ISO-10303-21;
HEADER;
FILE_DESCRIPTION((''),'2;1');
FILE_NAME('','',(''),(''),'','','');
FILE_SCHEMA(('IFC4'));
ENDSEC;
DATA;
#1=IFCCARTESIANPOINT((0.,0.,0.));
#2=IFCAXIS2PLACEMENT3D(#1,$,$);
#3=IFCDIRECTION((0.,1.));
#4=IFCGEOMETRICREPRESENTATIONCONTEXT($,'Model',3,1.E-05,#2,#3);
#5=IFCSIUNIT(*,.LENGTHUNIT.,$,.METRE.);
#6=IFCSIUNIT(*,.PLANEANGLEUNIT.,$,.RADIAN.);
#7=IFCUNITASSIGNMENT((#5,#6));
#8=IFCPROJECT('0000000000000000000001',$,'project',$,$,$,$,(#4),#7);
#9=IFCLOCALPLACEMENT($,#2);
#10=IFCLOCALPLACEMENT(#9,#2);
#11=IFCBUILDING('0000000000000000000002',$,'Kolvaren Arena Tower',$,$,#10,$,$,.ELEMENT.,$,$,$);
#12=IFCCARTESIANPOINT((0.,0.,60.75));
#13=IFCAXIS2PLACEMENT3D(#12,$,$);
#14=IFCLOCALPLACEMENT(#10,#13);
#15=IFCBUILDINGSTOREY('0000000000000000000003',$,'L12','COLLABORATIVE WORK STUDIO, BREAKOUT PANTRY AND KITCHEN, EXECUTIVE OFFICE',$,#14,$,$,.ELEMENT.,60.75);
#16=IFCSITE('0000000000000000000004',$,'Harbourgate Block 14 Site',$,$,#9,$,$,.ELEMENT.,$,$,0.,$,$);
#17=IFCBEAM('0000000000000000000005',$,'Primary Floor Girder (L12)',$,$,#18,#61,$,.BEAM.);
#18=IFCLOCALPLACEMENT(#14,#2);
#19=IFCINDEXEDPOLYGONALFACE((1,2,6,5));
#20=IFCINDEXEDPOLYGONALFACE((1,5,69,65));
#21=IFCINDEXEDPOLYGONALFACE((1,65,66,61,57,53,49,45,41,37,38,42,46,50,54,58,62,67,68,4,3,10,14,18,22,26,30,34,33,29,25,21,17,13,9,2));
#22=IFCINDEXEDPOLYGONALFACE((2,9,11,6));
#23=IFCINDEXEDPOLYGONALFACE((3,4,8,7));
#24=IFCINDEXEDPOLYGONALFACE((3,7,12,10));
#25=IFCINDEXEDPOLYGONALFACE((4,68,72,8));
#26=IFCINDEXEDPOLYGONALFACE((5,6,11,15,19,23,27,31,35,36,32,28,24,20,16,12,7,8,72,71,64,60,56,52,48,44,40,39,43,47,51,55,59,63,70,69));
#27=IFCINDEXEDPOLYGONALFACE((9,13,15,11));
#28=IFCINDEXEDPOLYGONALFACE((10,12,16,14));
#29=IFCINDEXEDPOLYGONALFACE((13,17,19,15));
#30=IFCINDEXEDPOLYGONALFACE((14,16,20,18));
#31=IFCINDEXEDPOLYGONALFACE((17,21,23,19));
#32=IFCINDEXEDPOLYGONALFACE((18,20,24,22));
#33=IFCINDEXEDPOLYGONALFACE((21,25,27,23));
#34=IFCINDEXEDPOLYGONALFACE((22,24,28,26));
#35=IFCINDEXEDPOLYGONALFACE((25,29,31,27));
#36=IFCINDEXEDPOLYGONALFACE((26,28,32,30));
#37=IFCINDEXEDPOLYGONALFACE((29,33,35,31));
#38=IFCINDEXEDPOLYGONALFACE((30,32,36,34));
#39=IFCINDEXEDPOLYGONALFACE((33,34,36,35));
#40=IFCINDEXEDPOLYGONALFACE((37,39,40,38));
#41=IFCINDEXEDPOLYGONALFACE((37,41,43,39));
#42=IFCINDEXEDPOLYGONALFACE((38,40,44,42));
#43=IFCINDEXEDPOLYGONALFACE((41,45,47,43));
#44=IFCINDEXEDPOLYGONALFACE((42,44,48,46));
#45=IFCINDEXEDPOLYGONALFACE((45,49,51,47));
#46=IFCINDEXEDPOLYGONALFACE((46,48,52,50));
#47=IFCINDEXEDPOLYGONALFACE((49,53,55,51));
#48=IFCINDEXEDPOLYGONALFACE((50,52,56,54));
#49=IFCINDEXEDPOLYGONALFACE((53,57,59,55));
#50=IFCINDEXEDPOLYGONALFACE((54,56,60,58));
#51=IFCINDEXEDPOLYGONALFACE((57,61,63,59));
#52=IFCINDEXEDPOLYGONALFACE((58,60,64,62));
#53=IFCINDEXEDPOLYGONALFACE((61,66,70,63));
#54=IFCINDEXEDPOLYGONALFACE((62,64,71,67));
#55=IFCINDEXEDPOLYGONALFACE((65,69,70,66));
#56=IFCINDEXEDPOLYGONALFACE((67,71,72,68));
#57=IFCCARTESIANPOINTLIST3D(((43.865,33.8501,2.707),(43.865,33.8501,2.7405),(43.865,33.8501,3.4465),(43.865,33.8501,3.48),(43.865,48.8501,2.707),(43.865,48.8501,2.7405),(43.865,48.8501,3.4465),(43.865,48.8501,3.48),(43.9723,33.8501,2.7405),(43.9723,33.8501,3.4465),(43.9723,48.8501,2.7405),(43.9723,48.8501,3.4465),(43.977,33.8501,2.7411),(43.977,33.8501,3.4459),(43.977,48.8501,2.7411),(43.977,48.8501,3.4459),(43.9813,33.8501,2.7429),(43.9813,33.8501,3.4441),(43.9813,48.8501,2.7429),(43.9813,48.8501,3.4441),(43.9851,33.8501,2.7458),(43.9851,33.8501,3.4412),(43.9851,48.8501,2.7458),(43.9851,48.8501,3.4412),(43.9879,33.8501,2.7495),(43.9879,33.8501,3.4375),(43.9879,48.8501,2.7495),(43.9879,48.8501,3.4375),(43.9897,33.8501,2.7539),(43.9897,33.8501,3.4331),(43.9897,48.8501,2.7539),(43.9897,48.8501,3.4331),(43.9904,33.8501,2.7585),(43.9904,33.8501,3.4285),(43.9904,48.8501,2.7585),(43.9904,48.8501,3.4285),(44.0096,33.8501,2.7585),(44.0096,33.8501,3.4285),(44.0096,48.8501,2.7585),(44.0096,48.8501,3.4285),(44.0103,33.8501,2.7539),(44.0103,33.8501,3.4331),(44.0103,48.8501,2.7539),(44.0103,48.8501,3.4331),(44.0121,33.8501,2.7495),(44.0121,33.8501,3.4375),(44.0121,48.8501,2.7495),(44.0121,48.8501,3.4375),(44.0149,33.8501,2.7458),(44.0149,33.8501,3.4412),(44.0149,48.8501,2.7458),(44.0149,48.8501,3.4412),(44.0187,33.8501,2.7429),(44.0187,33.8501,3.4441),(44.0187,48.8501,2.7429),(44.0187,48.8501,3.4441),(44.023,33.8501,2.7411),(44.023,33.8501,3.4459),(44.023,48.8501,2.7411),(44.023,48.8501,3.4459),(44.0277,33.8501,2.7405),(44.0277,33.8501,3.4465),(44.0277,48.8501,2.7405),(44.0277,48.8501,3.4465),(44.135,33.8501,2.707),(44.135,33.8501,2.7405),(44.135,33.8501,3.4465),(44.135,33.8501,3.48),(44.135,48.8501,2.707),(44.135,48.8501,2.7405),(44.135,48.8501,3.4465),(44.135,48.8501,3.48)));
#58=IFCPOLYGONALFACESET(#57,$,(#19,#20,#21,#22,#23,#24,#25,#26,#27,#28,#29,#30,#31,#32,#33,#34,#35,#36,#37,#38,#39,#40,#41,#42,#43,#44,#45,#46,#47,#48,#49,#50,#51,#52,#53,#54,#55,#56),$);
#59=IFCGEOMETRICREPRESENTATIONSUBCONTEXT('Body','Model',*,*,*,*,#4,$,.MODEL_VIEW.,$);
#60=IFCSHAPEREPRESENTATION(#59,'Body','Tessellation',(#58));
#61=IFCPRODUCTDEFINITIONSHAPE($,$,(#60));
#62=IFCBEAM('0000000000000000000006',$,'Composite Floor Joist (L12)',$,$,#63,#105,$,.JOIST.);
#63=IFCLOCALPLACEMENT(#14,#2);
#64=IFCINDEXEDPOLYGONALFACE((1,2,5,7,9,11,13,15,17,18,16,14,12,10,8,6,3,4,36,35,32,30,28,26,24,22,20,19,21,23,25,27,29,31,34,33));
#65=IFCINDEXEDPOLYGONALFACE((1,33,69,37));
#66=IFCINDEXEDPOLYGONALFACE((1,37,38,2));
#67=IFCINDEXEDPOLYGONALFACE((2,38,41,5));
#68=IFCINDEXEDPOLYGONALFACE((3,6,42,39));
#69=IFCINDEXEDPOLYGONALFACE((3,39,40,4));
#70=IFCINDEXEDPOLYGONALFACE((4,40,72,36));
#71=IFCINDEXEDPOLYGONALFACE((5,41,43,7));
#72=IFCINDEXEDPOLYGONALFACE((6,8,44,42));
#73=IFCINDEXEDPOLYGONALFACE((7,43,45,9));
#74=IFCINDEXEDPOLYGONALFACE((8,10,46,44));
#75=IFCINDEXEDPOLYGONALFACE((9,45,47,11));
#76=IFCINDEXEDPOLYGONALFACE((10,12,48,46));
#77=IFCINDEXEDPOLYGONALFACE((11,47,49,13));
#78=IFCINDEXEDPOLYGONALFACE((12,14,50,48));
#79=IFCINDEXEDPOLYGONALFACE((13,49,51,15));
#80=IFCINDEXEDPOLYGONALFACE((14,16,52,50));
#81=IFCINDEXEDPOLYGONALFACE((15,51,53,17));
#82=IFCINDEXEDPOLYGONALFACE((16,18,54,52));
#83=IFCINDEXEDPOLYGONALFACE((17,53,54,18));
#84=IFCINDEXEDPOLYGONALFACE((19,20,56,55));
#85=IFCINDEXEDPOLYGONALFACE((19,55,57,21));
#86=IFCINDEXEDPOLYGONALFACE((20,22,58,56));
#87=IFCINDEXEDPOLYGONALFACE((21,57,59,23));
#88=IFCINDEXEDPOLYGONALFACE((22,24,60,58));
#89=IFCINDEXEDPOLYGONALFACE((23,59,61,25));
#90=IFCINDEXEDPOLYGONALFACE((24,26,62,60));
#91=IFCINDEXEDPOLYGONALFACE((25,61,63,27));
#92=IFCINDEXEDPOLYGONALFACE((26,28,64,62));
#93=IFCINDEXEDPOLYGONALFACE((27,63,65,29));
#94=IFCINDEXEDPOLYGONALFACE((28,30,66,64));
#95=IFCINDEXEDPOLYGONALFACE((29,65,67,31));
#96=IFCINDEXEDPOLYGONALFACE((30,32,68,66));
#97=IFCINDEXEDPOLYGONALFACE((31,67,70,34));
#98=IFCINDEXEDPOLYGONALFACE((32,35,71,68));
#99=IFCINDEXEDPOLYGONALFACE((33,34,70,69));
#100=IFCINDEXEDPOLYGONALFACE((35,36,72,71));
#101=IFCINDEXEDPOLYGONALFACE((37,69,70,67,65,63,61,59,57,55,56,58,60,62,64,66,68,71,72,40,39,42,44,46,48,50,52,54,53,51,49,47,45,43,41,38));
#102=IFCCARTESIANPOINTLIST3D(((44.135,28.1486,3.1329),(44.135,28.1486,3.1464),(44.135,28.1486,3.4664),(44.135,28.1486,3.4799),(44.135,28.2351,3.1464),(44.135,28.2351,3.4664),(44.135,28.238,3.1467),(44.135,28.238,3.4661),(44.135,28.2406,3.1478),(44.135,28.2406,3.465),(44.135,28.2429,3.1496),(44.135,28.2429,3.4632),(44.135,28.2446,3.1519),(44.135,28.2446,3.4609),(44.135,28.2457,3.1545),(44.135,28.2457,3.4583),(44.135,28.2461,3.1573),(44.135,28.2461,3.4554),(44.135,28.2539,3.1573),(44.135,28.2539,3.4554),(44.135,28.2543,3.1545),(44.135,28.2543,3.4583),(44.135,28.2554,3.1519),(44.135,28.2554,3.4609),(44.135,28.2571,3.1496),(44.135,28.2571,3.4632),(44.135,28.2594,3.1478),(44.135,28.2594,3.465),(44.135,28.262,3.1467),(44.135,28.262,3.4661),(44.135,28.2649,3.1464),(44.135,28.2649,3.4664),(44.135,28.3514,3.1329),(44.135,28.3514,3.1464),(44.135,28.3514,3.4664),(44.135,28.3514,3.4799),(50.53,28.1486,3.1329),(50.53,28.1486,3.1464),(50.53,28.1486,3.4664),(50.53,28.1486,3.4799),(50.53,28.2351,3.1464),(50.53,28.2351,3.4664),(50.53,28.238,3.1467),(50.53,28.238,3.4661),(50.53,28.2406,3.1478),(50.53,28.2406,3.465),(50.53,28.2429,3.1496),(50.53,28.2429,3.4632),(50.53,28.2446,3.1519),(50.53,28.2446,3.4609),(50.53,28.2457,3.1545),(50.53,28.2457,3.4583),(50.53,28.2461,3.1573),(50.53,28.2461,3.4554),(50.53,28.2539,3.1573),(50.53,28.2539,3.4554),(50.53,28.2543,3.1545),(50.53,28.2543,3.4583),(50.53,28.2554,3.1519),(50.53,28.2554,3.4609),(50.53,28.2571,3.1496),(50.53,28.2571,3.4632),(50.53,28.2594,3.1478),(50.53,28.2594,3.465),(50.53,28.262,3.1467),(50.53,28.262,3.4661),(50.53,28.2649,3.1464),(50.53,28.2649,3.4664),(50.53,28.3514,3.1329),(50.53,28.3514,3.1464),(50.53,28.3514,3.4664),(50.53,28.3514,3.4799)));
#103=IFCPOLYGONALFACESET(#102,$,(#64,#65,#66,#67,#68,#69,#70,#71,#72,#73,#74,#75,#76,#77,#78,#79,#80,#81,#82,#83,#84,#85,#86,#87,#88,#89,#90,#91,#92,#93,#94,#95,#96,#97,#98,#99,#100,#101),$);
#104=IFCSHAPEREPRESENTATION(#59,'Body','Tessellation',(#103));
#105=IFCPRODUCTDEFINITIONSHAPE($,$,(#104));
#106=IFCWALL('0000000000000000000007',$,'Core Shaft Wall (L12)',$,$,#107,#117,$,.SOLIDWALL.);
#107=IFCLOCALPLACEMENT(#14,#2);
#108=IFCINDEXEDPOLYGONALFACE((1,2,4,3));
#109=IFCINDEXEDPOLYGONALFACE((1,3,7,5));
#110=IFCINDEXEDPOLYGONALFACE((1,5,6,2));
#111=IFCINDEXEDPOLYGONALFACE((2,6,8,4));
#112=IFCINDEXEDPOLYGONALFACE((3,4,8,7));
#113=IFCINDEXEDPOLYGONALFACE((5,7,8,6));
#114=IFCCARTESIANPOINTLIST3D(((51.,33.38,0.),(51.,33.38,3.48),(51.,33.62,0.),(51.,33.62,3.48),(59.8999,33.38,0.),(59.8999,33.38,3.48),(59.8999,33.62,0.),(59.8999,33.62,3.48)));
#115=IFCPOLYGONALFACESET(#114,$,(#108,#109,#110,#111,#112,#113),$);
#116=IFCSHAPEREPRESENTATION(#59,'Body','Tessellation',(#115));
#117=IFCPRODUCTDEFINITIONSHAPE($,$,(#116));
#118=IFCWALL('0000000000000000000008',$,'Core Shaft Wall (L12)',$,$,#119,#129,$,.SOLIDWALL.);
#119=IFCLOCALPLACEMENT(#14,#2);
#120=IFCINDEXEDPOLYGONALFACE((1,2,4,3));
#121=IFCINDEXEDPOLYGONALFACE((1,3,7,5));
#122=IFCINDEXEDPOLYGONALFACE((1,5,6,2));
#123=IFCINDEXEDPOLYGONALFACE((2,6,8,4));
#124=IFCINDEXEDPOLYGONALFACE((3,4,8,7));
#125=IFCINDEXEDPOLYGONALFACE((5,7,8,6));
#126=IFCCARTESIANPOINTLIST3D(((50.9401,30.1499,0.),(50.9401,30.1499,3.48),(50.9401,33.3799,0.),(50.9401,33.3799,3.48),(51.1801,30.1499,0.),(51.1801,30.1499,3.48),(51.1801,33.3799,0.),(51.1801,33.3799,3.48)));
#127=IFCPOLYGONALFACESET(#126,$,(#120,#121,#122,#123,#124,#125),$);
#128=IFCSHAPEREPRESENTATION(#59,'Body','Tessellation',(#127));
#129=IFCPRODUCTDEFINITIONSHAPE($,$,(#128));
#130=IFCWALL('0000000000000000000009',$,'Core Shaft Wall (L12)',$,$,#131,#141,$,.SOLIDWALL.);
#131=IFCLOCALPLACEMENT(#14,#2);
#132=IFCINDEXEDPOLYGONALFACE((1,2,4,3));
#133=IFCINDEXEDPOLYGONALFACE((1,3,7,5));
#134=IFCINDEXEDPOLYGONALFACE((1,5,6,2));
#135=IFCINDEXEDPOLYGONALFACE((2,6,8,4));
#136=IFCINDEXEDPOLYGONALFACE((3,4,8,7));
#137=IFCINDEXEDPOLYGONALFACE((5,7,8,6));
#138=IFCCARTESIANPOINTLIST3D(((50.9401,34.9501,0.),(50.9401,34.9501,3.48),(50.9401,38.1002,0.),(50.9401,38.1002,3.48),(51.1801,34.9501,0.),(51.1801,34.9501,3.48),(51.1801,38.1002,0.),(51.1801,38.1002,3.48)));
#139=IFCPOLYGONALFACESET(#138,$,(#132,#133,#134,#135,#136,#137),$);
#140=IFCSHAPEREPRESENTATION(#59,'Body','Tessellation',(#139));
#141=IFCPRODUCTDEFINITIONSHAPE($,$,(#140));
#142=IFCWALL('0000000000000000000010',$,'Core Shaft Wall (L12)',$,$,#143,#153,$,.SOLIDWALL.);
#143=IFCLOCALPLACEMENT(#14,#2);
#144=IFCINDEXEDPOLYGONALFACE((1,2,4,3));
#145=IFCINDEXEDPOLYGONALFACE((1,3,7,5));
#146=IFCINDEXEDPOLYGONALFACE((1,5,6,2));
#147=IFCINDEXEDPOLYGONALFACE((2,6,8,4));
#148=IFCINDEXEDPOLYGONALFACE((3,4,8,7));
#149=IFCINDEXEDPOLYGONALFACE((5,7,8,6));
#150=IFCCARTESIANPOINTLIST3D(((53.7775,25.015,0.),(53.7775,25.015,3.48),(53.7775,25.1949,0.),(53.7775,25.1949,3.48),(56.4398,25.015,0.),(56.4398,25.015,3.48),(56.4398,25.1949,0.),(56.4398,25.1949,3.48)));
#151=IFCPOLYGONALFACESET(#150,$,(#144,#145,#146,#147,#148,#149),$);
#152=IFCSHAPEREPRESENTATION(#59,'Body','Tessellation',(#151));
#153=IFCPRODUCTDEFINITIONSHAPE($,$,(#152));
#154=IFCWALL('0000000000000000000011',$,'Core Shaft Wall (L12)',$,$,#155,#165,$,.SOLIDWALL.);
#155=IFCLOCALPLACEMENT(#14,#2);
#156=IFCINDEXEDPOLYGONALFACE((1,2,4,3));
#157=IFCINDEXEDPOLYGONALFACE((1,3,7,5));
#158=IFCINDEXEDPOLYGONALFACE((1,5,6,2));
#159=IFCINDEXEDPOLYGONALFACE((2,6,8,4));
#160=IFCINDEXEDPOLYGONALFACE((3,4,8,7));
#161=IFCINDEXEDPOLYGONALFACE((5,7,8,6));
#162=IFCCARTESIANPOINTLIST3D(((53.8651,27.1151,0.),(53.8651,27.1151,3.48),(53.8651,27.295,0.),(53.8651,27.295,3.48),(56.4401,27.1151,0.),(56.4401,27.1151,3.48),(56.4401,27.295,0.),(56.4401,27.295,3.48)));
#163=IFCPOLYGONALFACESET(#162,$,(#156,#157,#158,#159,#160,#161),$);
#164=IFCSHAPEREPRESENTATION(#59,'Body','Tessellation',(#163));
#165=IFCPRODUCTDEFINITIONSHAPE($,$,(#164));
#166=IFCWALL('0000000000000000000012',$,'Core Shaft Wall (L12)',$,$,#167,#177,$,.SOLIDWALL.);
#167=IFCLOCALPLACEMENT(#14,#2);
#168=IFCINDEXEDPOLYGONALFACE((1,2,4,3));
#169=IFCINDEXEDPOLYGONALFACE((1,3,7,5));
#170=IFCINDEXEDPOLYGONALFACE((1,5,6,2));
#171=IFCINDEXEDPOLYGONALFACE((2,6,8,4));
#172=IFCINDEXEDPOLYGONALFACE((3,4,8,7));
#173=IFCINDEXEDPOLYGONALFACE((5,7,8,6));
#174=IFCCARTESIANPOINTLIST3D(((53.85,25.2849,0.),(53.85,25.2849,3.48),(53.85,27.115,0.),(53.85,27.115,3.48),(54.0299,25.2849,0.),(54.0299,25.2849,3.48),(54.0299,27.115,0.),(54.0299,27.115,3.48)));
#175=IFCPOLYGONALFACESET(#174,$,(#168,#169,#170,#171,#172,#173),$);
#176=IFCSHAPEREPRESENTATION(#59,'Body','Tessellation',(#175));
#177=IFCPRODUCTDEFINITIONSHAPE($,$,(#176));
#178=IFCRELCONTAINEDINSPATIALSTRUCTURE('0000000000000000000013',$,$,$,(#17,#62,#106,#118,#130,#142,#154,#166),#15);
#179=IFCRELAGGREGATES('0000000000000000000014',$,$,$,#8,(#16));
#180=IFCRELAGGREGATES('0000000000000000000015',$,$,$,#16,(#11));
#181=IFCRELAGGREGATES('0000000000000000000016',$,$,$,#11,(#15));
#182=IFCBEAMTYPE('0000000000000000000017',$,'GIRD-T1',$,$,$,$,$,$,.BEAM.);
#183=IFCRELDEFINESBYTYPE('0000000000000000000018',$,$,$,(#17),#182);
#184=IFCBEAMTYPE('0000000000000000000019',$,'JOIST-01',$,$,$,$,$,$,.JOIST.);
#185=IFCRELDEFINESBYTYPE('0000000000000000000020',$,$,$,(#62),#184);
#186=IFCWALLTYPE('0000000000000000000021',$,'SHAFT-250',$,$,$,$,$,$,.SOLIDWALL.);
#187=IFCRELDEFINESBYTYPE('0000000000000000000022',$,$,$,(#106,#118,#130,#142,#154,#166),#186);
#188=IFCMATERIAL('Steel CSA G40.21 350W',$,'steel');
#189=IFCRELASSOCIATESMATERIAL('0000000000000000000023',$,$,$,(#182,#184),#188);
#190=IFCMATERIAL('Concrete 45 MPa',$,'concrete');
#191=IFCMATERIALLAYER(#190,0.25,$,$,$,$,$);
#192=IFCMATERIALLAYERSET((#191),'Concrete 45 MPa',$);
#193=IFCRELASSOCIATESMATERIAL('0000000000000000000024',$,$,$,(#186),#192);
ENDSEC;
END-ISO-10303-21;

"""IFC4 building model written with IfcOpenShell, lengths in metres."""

from ifc_helpers import new_model, si_unit, direction, frame, frame_2d, origin, origin_2d, place, context, subcontext, project, spatial, rectangle, i_section, extrude, material, layer, layer_set, material_profile, profile_set, type_object, element, save


model = new_model("IFC4")

# Units and contexts
model_context = context("Model", 3, precision=1e-05, world=origin(), true_north=direction((0.0, 1.0)))
body_context = subcontext(model_context, "Body", "Model", "MODEL_VIEW")
ifc_project = project(units=[si_unit("LENGTHUNIT", "METRE"), si_unit("PLANEANGLEUNIT", "RADIAN")], contexts=[model_context])

# Site, building, storey
site_placement = place(None, origin())
site = spatial("IfcSite", under=ifc_project, at=site_placement, Name="Harbourgate Block 14 Site", CompositionType="ELEMENT", RefElevation=0.0)
building_placement = place(site_placement, origin())
building = spatial("IfcBuilding", under=site, at=building_placement, Name="Kolvaren Arena Tower", CompositionType="ELEMENT")
storey_placement = place(building_placement, frame((0.0, 0.0, 60.75)))
storey = spatial("IfcBuildingStorey", under=building, at=storey_placement, Name="L12", Description="COLLABORATIVE WORK STUDIO, BREAKOUT PANTRY AND KITCHEN, EXECUTIVE OFFICE", CompositionType="ELEMENT", Elevation=60.75)

# Beams
ifc_material_1 = material(Name="Steel CSA G40.21 350W", Category="steel")
ifc_material_profile_1 = material_profile(ifc_material_1, i_section(OverallWidth=0.27, OverallDepth=0.7729, WebThickness=0.0193, FlangeThickness=0.0334, FilletRadius=0.0181, at=origin_2d()), Name="W760x257")
ifc_profile_set_1 = profile_set([ifc_material_profile_1], Name="Steel CSA G40.21 350W")
beam_type_1 = type_object("IfcBeamType", Name="GIRD-T1", PredefinedType="BEAM", material=ifc_profile_set_1)
beam_1_placement = place(storey_placement, frame((44.0, 33.8501, 3.0935), z_axis=(0.0, 1.0, 0.0), x_axis=(-1.0, 0.0, 0.0)))
element("IfcBeam", 1, at=beam_1_placement, inside=storey, type_object=beam_type_1, Name="Primary Floor Girder (L12)", PredefinedType="BEAM", context=body_context, shape_type="SweptSolid", body=[
    extrude(i_section(OverallWidth=0.27, OverallDepth=0.7729, WebThickness=0.0193, FlangeThickness=0.0334, FilletRadius=0.0181, at=origin_2d()), origin(), (0.0, 0.0, 1.0), 15.0),
])
ifc_material_profile_2 = material_profile(ifc_material_1, i_section(OverallWidth=0.2029, OverallDepth=0.3469, WebThickness=0.0078, FlangeThickness=0.0134, FilletRadius=0.011, at=origin_2d()), Name="W360x64")
ifc_profile_set_2 = profile_set([ifc_material_profile_2], Name="Steel CSA G40.21 350W")
beam_type_2 = type_object("IfcBeamType", Name="JOIST-01", PredefinedType="JOIST", material=ifc_profile_set_2)
beam_2_placement = place(storey_placement, frame((44.135, 28.25, 3.3064), z_axis=(1.0, 0.0, 0.0), x_axis=(0.0, 1.0, 0.0)))
element("IfcBeam", 2, at=beam_2_placement, inside=storey, type_object=beam_type_2, Name="Composite Floor Joist (L12)", PredefinedType="JOIST", context=body_context, shape_type="SweptSolid", body=[
    extrude(i_section(OverallWidth=0.2029, OverallDepth=0.3469, WebThickness=0.0078, FlangeThickness=0.0134, FilletRadius=0.011, at=origin_2d()), origin(), (0.0, 0.0, 1.0), 6.395),
])

# Walls
ifc_material_2 = material(Name="Concrete 45 MPa", Category="concrete")
ifc_layer = layer(ifc_material_2, 0.25)
ifc_layer_set = layer_set([ifc_layer], Name="Concrete 45 MPa")
wall_type = type_object("IfcWallType", Name="SHAFT-250", PredefinedType="SOLIDWALL", material=ifc_layer_set)
wall_1_placement = place(storey_placement, frame((51.0, 33.5, 0.0), z_axis=(0.0, 0.0, 1.0), x_axis=(1.0, 0.0, 0.0)))
element("IfcWall", 3, at=wall_1_placement, inside=storey, type_object=wall_type, Name="Core Shaft Wall (L12)", PredefinedType="SOLIDWALL", context=body_context, shape_type="SweptSolid", body=[
    extrude(rectangle(XDim=8.8999, YDim=0.24, at=frame_2d((4.45, 0.0))), origin(), (0.0, 0.0, 1.0), 3.48),
])
wall_2_placement = place(storey_placement, frame((51.0601, 30.1499, 0.0), z_axis=(0.0, 0.0, 1.0), x_axis=(0.0, 1.0, 0.0)))
element("IfcWall", 4, at=wall_2_placement, inside=storey, type_object=wall_type, Name="Core Shaft Wall (L12)", PredefinedType="SOLIDWALL", context=body_context, shape_type="SweptSolid", body=[
    extrude(rectangle(XDim=3.23, YDim=0.24, at=frame_2d((1.615, 0.0))), origin(), (0.0, 0.0, 1.0), 3.48),
])
wall_3_placement = place(storey_placement, frame((51.0601, 34.95, 0.0), z_axis=(0.0, 0.0, 1.0), x_axis=(0.0, 1.0, 0.0)))
element("IfcWall", 5, at=wall_3_placement, inside=storey, type_object=wall_type, Name="Core Shaft Wall (L12)", PredefinedType="SOLIDWALL", context=body_context, shape_type="SweptSolid", body=[
    extrude(rectangle(XDim=3.1501, YDim=0.24, at=frame_2d((1.5752, 0.0))), origin(), (0.0, 0.0, 1.0), 3.48),
])
wall_4_placement = place(storey_placement, frame((53.7776, 25.105, 0.0), z_axis=(0.0, 0.0, 1.0), x_axis=(1.0, 0.0, 0.0)))
element("IfcWall", 6, at=wall_4_placement, inside=storey, type_object=wall_type, Name="Core Shaft Wall (L12)", PredefinedType="SOLIDWALL", context=body_context, shape_type="SweptSolid", body=[
    extrude(rectangle(XDim=2.6624, YDim=0.1799, at=frame_2d((1.3311, 0.0))), origin(), (0.0, 0.0, 1.0), 3.48),
])
wall_5_placement = place(storey_placement, frame((53.865, 27.2051, 0.0), z_axis=(0.0, 0.0, 1.0), x_axis=(1.0, 0.0, 0.0)))
element("IfcWall", 7, at=wall_5_placement, inside=storey, type_object=wall_type, Name="Core Shaft Wall (L12)", PredefinedType="SOLIDWALL", context=body_context, shape_type="SweptSolid", body=[
    extrude(rectangle(XDim=2.575, YDim=0.1799, at=frame_2d((1.2876, 0.0))), origin(), (0.0, 0.0, 1.0), 3.48),
])
wall_6_placement = place(storey_placement, frame((53.9399, 25.2849, 0.0), z_axis=(0.0, 0.0, 1.0), x_axis=(0.0, 1.0, 0.0)))
element("IfcWall", 8, at=wall_6_placement, inside=storey, type_object=wall_type, Name="Core Shaft Wall (L12)", PredefinedType="SOLIDWALL", context=body_context, shape_type="SweptSolid", body=[
    extrude(rectangle(XDim=1.8301, YDim=0.1799, at=frame_2d((0.915, 0.0))), origin(), (0.0, 0.0, 1.0), 3.48),
])

save(model, "model.ifc")
